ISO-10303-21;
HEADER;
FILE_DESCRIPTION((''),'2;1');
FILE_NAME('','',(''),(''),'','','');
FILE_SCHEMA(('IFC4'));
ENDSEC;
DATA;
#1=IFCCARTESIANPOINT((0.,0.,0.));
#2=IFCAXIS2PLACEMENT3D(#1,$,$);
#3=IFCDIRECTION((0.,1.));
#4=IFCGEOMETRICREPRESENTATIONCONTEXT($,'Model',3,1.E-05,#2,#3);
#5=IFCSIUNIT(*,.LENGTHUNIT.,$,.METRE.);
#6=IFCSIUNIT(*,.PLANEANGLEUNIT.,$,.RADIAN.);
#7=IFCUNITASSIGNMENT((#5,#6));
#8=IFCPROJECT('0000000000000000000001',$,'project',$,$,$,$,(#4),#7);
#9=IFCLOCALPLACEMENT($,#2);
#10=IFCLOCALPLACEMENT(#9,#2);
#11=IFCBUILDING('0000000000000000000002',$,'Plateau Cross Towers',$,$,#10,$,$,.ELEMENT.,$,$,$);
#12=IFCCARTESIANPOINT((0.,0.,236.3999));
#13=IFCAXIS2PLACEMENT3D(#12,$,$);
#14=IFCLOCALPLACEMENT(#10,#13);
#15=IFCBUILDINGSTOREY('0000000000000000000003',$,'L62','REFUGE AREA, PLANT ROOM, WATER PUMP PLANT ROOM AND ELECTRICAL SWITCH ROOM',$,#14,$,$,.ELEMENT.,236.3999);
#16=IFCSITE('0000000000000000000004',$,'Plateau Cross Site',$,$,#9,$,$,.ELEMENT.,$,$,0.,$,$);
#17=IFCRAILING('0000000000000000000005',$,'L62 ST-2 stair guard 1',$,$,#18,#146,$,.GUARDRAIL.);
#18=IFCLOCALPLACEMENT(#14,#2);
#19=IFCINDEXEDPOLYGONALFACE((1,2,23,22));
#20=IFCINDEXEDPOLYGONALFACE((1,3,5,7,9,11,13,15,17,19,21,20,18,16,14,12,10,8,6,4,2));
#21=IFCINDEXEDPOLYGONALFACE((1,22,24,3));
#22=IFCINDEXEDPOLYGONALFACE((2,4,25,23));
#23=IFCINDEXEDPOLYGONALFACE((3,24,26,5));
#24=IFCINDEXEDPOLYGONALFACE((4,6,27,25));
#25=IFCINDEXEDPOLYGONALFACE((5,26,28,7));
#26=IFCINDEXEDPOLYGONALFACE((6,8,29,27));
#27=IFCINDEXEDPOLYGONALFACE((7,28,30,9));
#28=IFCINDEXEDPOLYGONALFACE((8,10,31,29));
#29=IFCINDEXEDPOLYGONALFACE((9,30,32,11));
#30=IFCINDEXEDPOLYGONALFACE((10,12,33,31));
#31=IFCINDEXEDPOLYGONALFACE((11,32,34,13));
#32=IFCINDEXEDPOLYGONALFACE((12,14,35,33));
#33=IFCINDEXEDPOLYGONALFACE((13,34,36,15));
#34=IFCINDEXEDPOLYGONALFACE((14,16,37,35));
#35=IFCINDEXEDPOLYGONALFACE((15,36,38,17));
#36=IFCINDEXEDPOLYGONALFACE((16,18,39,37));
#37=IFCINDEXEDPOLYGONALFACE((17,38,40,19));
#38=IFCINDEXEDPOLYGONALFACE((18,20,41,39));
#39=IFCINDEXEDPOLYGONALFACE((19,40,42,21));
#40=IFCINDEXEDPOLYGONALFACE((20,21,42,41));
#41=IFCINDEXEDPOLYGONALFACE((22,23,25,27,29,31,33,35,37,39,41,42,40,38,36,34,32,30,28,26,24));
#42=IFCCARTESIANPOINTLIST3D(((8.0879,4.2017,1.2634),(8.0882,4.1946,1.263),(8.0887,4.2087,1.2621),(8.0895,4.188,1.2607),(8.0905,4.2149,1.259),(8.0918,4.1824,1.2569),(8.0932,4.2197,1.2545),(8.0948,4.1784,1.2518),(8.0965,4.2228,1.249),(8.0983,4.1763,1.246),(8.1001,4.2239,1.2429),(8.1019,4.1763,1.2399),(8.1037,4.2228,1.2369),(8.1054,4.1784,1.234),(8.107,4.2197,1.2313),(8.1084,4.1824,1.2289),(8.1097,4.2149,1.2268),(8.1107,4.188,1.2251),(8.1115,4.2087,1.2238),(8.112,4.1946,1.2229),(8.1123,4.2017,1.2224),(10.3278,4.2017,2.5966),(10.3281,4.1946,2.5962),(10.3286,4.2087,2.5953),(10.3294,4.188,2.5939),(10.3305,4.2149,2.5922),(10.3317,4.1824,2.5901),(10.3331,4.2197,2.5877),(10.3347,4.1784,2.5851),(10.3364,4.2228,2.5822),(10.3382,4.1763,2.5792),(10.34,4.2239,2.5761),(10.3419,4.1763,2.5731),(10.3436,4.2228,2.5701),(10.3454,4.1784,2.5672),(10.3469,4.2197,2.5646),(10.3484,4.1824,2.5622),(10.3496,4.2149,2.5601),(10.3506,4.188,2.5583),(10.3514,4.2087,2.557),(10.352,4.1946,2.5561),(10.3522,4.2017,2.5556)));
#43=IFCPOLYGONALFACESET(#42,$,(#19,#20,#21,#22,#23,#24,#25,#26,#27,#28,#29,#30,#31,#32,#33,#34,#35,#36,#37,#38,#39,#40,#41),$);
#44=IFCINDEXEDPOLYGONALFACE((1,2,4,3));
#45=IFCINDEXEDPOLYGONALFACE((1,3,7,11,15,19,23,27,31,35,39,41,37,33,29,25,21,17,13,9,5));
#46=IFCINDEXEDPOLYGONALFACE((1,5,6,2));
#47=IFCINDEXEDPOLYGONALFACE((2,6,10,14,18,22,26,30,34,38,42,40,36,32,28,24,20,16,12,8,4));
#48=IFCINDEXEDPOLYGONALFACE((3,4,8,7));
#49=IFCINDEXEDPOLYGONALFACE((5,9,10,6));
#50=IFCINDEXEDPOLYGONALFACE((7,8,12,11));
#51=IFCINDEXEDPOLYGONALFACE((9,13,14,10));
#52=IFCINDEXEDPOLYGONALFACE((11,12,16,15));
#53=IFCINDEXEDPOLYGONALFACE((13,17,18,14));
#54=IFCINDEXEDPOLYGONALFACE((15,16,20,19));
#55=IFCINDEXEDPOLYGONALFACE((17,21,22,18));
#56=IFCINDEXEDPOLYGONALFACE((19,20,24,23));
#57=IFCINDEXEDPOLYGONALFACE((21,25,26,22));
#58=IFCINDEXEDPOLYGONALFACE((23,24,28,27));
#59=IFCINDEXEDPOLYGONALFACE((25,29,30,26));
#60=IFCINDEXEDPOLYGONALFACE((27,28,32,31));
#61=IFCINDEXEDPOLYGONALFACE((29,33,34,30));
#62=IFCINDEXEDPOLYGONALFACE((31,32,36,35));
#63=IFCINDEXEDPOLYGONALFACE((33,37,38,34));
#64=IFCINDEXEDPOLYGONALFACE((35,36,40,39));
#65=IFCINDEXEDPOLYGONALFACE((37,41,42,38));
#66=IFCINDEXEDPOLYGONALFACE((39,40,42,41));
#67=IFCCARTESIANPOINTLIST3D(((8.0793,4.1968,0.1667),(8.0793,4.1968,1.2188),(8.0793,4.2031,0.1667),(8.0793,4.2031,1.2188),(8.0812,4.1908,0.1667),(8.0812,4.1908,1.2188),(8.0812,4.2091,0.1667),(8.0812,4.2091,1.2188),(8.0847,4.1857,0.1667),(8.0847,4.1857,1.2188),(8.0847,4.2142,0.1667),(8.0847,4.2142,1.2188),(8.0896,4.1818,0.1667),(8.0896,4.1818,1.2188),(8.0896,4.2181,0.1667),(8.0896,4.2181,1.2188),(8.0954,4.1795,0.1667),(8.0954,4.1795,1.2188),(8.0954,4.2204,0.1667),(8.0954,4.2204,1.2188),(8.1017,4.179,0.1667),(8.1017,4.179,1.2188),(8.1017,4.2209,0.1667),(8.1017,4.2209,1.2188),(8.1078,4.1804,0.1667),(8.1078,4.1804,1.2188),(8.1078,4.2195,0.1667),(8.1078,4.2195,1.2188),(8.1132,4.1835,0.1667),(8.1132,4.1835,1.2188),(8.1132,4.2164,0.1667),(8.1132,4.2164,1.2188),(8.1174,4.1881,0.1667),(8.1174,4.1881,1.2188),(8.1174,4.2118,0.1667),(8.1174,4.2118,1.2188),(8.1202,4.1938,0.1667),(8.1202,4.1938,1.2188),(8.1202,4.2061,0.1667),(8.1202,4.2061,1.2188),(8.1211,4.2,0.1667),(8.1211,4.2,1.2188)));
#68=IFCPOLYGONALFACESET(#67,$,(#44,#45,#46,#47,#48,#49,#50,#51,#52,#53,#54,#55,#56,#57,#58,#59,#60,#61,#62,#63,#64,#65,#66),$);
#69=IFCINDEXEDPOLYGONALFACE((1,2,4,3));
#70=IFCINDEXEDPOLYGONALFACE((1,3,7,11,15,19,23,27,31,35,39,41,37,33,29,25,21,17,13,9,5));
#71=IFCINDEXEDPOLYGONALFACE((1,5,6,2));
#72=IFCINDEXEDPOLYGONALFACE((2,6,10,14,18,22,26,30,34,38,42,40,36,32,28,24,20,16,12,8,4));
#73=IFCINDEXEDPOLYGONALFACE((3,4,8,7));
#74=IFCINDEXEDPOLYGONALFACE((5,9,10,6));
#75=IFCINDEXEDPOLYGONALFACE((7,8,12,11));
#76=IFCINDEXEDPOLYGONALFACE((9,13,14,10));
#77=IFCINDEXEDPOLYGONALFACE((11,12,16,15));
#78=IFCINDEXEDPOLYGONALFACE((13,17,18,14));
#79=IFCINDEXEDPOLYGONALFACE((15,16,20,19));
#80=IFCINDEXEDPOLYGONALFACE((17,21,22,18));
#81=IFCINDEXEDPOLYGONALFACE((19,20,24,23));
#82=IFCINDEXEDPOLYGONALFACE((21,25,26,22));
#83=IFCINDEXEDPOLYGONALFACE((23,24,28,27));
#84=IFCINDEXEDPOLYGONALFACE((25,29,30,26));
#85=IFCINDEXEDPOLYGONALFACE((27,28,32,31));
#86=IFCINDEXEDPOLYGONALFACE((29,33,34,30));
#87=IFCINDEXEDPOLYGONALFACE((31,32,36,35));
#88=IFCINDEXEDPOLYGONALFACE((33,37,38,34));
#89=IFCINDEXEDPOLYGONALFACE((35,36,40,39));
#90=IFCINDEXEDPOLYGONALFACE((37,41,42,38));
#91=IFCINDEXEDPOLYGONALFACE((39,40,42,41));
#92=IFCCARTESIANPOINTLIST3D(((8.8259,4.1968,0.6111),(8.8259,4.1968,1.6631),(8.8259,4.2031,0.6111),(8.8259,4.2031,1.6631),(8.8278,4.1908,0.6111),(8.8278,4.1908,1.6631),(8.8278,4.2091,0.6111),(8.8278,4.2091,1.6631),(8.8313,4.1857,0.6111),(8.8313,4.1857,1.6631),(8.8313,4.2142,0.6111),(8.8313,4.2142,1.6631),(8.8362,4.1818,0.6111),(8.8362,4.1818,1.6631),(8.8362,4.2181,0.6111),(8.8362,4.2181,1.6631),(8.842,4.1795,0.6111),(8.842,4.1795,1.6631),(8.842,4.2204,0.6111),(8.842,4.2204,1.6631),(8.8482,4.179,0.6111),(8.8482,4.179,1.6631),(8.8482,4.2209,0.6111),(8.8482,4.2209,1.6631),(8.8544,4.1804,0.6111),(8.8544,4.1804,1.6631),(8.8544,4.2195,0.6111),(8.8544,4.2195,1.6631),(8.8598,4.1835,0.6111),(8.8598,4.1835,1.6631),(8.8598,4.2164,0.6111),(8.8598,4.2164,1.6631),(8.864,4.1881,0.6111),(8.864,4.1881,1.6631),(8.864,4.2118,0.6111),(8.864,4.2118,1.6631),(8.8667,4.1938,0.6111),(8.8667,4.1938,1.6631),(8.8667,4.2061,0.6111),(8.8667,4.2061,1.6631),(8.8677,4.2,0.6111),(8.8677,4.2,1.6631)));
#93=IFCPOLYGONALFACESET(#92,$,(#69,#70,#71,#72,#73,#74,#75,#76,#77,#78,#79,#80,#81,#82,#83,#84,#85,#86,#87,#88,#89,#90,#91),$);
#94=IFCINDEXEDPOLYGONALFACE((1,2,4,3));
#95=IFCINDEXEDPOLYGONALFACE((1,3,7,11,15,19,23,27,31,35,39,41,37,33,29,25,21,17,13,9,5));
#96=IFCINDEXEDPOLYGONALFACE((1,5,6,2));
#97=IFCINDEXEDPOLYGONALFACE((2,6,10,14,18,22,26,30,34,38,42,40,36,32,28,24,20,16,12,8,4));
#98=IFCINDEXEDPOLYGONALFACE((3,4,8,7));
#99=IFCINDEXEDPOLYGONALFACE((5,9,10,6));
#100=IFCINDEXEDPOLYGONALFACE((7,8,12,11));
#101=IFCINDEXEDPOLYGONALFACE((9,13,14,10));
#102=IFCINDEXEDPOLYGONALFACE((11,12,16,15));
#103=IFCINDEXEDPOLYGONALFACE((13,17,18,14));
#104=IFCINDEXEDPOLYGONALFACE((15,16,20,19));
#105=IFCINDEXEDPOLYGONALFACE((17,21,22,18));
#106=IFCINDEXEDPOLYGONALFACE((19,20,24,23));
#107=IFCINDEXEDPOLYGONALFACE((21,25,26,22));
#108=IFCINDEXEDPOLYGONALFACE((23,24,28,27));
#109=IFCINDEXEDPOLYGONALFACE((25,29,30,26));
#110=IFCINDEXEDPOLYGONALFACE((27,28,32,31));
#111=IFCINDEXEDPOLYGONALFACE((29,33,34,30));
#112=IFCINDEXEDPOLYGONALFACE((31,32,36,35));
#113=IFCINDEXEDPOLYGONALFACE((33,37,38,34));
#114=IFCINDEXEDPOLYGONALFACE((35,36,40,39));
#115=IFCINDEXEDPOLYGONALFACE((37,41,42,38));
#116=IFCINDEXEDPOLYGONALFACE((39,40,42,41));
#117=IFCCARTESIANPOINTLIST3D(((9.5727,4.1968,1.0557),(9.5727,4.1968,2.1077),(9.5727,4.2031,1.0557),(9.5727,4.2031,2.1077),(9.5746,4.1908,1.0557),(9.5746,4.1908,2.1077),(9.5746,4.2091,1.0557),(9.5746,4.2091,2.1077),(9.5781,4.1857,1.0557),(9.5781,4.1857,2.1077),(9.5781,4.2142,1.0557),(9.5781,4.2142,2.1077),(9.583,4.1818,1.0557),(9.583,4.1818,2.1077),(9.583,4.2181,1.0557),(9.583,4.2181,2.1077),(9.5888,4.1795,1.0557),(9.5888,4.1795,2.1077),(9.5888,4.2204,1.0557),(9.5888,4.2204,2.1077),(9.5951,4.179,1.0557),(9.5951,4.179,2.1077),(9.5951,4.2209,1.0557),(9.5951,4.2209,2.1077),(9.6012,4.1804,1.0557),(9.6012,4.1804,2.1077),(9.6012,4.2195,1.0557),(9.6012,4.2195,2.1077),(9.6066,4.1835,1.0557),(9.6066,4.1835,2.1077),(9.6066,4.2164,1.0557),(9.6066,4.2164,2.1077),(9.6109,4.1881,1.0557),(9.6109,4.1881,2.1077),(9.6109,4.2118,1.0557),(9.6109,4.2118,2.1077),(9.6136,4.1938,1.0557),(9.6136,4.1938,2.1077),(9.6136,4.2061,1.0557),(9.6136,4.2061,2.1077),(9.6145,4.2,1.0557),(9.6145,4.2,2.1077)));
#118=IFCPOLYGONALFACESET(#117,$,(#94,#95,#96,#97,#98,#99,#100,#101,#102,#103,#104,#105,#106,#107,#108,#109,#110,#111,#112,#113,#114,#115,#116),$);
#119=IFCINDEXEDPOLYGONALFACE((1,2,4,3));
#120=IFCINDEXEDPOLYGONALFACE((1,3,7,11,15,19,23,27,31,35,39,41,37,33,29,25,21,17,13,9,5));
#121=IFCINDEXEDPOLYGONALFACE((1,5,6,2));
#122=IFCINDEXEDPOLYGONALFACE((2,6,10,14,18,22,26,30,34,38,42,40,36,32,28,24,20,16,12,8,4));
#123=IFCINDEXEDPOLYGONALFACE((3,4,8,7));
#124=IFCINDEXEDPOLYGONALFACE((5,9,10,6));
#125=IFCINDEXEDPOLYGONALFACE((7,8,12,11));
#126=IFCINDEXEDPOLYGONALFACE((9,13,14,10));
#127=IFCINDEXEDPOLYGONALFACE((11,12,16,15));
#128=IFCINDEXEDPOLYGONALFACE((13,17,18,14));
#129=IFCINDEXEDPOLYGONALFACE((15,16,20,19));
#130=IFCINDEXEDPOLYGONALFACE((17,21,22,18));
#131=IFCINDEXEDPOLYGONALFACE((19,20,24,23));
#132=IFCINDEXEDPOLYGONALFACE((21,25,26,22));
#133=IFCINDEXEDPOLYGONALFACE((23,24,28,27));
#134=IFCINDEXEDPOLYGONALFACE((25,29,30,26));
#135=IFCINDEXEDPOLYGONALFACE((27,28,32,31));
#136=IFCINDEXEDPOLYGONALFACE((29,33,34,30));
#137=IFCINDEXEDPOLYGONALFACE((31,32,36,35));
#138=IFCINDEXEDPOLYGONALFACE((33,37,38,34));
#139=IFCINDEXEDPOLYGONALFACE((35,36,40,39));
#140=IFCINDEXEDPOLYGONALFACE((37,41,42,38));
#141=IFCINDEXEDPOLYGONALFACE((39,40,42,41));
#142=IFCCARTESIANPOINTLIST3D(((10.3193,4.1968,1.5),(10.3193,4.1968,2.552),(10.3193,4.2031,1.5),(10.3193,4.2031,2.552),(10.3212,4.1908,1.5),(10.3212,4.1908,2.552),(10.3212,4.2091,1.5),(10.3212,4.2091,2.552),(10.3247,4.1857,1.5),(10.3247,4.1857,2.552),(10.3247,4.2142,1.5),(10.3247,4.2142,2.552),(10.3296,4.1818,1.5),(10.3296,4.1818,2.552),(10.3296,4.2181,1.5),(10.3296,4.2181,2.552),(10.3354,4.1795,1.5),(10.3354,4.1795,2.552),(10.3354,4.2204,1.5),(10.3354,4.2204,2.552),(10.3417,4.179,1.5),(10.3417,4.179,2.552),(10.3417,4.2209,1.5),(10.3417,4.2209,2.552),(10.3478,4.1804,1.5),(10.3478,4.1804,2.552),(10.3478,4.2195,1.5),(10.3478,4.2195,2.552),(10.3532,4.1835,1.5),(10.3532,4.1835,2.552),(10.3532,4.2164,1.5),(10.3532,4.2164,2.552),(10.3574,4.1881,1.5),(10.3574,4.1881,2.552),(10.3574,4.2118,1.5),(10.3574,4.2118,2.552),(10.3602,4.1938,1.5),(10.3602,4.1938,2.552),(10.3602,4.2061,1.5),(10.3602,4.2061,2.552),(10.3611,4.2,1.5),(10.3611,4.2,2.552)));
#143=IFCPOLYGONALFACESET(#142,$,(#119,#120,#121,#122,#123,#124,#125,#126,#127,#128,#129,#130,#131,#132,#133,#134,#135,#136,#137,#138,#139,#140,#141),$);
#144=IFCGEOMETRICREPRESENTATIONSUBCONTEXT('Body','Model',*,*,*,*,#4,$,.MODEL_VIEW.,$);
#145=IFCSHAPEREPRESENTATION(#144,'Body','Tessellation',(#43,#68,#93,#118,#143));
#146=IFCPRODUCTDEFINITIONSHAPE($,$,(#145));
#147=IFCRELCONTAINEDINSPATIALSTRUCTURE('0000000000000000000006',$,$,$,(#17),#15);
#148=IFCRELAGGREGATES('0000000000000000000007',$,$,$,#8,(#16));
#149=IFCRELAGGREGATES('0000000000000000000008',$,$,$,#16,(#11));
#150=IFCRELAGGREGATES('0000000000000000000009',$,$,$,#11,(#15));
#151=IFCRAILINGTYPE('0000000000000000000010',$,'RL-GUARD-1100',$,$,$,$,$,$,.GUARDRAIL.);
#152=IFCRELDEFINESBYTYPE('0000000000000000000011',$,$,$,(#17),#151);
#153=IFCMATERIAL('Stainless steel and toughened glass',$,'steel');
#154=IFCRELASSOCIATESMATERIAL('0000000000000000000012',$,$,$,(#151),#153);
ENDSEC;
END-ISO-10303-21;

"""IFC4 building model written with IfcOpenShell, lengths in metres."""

from ifc_helpers import new_model, si_unit, direction, frame, origin, origin_2d, place, context, subcontext, project, spatial, circle, extrude, material, type_object, element, save


model = new_model("IFC4")

# Units and contexts
model_context = context("Model", 3, precision=1e-05, world=origin(), true_north=direction((0.0, 1.0)))
body_context = subcontext(model_context, "Body", "Model", "MODEL_VIEW")
ifc_project = project(units=[si_unit("LENGTHUNIT", "METRE"), si_unit("PLANEANGLEUNIT", "RADIAN")], contexts=[model_context])

# Site, building, storey
site_placement = place(None, origin())
site = spatial("IfcSite", under=ifc_project, at=site_placement, Name="Plateau Cross Site", CompositionType="ELEMENT", RefElevation=0.0)
building_placement = place(site_placement, origin())
building = spatial("IfcBuilding", under=site, at=building_placement, Name="Plateau Cross Towers", CompositionType="ELEMENT")
storey_placement = place(building_placement, frame((0.0, 0.0, 236.3999)))
storey = spatial("IfcBuildingStorey", under=building, at=storey_placement, Name="L62", Description="REFUGE AREA, PLANT ROOM, WATER PUMP PLANT ROOM AND ELECTRICAL SWITCH ROOM", CompositionType="ELEMENT", Elevation=236.3999)

# Railing
ifc_material_1 = material(Name="Stainless steel and toughened glass", Category="steel")
railing_type_1 = type_object("IfcRailingType", Name="RL-GUARD-1100", PredefinedType="GUARDRAIL", material=ifc_material_1)
railing_1_placement = place(storey_placement, frame((8.1001, 4.2, 0.1667)))
element("IfcRailing", 1, at=railing_1_placement, inside=storey, type_object=railing_type_1, Name="L62 ST-2 stair guard 1", PredefinedType="GUARDRAIL", context=body_context, shape_type="SweptSolid", body=[
    extrude(circle(Radius=0.0239, at=origin_2d()), frame((0.0, 0.0, 1.0762), z_axis=(0.859306, 0.0, 0.511462), x_axis=(0.0, 1.0, 0.0)), (0.0, 0.0, 1.0), 2.6067),
    extrude(circle(Radius=0.021, at=origin_2d()), origin(), (0.0, 0.0, 1.0), 1.052),
    extrude(circle(Radius=0.021, at=origin_2d()), frame((0.7466, 0.0, 0.4443)), (0.0, 0.0, 1.0), 1.052),
    extrude(circle(Radius=0.021, at=origin_2d()), frame((1.4934, 0.0, 0.8889)), (0.0, 0.0, 1.0), 1.052),
    extrude(circle(Radius=0.021, at=origin_2d()), frame((2.24, 0.0, 1.3333)), (0.0, 0.0, 1.0), 1.052),
])

save(model, "model.ifc")
